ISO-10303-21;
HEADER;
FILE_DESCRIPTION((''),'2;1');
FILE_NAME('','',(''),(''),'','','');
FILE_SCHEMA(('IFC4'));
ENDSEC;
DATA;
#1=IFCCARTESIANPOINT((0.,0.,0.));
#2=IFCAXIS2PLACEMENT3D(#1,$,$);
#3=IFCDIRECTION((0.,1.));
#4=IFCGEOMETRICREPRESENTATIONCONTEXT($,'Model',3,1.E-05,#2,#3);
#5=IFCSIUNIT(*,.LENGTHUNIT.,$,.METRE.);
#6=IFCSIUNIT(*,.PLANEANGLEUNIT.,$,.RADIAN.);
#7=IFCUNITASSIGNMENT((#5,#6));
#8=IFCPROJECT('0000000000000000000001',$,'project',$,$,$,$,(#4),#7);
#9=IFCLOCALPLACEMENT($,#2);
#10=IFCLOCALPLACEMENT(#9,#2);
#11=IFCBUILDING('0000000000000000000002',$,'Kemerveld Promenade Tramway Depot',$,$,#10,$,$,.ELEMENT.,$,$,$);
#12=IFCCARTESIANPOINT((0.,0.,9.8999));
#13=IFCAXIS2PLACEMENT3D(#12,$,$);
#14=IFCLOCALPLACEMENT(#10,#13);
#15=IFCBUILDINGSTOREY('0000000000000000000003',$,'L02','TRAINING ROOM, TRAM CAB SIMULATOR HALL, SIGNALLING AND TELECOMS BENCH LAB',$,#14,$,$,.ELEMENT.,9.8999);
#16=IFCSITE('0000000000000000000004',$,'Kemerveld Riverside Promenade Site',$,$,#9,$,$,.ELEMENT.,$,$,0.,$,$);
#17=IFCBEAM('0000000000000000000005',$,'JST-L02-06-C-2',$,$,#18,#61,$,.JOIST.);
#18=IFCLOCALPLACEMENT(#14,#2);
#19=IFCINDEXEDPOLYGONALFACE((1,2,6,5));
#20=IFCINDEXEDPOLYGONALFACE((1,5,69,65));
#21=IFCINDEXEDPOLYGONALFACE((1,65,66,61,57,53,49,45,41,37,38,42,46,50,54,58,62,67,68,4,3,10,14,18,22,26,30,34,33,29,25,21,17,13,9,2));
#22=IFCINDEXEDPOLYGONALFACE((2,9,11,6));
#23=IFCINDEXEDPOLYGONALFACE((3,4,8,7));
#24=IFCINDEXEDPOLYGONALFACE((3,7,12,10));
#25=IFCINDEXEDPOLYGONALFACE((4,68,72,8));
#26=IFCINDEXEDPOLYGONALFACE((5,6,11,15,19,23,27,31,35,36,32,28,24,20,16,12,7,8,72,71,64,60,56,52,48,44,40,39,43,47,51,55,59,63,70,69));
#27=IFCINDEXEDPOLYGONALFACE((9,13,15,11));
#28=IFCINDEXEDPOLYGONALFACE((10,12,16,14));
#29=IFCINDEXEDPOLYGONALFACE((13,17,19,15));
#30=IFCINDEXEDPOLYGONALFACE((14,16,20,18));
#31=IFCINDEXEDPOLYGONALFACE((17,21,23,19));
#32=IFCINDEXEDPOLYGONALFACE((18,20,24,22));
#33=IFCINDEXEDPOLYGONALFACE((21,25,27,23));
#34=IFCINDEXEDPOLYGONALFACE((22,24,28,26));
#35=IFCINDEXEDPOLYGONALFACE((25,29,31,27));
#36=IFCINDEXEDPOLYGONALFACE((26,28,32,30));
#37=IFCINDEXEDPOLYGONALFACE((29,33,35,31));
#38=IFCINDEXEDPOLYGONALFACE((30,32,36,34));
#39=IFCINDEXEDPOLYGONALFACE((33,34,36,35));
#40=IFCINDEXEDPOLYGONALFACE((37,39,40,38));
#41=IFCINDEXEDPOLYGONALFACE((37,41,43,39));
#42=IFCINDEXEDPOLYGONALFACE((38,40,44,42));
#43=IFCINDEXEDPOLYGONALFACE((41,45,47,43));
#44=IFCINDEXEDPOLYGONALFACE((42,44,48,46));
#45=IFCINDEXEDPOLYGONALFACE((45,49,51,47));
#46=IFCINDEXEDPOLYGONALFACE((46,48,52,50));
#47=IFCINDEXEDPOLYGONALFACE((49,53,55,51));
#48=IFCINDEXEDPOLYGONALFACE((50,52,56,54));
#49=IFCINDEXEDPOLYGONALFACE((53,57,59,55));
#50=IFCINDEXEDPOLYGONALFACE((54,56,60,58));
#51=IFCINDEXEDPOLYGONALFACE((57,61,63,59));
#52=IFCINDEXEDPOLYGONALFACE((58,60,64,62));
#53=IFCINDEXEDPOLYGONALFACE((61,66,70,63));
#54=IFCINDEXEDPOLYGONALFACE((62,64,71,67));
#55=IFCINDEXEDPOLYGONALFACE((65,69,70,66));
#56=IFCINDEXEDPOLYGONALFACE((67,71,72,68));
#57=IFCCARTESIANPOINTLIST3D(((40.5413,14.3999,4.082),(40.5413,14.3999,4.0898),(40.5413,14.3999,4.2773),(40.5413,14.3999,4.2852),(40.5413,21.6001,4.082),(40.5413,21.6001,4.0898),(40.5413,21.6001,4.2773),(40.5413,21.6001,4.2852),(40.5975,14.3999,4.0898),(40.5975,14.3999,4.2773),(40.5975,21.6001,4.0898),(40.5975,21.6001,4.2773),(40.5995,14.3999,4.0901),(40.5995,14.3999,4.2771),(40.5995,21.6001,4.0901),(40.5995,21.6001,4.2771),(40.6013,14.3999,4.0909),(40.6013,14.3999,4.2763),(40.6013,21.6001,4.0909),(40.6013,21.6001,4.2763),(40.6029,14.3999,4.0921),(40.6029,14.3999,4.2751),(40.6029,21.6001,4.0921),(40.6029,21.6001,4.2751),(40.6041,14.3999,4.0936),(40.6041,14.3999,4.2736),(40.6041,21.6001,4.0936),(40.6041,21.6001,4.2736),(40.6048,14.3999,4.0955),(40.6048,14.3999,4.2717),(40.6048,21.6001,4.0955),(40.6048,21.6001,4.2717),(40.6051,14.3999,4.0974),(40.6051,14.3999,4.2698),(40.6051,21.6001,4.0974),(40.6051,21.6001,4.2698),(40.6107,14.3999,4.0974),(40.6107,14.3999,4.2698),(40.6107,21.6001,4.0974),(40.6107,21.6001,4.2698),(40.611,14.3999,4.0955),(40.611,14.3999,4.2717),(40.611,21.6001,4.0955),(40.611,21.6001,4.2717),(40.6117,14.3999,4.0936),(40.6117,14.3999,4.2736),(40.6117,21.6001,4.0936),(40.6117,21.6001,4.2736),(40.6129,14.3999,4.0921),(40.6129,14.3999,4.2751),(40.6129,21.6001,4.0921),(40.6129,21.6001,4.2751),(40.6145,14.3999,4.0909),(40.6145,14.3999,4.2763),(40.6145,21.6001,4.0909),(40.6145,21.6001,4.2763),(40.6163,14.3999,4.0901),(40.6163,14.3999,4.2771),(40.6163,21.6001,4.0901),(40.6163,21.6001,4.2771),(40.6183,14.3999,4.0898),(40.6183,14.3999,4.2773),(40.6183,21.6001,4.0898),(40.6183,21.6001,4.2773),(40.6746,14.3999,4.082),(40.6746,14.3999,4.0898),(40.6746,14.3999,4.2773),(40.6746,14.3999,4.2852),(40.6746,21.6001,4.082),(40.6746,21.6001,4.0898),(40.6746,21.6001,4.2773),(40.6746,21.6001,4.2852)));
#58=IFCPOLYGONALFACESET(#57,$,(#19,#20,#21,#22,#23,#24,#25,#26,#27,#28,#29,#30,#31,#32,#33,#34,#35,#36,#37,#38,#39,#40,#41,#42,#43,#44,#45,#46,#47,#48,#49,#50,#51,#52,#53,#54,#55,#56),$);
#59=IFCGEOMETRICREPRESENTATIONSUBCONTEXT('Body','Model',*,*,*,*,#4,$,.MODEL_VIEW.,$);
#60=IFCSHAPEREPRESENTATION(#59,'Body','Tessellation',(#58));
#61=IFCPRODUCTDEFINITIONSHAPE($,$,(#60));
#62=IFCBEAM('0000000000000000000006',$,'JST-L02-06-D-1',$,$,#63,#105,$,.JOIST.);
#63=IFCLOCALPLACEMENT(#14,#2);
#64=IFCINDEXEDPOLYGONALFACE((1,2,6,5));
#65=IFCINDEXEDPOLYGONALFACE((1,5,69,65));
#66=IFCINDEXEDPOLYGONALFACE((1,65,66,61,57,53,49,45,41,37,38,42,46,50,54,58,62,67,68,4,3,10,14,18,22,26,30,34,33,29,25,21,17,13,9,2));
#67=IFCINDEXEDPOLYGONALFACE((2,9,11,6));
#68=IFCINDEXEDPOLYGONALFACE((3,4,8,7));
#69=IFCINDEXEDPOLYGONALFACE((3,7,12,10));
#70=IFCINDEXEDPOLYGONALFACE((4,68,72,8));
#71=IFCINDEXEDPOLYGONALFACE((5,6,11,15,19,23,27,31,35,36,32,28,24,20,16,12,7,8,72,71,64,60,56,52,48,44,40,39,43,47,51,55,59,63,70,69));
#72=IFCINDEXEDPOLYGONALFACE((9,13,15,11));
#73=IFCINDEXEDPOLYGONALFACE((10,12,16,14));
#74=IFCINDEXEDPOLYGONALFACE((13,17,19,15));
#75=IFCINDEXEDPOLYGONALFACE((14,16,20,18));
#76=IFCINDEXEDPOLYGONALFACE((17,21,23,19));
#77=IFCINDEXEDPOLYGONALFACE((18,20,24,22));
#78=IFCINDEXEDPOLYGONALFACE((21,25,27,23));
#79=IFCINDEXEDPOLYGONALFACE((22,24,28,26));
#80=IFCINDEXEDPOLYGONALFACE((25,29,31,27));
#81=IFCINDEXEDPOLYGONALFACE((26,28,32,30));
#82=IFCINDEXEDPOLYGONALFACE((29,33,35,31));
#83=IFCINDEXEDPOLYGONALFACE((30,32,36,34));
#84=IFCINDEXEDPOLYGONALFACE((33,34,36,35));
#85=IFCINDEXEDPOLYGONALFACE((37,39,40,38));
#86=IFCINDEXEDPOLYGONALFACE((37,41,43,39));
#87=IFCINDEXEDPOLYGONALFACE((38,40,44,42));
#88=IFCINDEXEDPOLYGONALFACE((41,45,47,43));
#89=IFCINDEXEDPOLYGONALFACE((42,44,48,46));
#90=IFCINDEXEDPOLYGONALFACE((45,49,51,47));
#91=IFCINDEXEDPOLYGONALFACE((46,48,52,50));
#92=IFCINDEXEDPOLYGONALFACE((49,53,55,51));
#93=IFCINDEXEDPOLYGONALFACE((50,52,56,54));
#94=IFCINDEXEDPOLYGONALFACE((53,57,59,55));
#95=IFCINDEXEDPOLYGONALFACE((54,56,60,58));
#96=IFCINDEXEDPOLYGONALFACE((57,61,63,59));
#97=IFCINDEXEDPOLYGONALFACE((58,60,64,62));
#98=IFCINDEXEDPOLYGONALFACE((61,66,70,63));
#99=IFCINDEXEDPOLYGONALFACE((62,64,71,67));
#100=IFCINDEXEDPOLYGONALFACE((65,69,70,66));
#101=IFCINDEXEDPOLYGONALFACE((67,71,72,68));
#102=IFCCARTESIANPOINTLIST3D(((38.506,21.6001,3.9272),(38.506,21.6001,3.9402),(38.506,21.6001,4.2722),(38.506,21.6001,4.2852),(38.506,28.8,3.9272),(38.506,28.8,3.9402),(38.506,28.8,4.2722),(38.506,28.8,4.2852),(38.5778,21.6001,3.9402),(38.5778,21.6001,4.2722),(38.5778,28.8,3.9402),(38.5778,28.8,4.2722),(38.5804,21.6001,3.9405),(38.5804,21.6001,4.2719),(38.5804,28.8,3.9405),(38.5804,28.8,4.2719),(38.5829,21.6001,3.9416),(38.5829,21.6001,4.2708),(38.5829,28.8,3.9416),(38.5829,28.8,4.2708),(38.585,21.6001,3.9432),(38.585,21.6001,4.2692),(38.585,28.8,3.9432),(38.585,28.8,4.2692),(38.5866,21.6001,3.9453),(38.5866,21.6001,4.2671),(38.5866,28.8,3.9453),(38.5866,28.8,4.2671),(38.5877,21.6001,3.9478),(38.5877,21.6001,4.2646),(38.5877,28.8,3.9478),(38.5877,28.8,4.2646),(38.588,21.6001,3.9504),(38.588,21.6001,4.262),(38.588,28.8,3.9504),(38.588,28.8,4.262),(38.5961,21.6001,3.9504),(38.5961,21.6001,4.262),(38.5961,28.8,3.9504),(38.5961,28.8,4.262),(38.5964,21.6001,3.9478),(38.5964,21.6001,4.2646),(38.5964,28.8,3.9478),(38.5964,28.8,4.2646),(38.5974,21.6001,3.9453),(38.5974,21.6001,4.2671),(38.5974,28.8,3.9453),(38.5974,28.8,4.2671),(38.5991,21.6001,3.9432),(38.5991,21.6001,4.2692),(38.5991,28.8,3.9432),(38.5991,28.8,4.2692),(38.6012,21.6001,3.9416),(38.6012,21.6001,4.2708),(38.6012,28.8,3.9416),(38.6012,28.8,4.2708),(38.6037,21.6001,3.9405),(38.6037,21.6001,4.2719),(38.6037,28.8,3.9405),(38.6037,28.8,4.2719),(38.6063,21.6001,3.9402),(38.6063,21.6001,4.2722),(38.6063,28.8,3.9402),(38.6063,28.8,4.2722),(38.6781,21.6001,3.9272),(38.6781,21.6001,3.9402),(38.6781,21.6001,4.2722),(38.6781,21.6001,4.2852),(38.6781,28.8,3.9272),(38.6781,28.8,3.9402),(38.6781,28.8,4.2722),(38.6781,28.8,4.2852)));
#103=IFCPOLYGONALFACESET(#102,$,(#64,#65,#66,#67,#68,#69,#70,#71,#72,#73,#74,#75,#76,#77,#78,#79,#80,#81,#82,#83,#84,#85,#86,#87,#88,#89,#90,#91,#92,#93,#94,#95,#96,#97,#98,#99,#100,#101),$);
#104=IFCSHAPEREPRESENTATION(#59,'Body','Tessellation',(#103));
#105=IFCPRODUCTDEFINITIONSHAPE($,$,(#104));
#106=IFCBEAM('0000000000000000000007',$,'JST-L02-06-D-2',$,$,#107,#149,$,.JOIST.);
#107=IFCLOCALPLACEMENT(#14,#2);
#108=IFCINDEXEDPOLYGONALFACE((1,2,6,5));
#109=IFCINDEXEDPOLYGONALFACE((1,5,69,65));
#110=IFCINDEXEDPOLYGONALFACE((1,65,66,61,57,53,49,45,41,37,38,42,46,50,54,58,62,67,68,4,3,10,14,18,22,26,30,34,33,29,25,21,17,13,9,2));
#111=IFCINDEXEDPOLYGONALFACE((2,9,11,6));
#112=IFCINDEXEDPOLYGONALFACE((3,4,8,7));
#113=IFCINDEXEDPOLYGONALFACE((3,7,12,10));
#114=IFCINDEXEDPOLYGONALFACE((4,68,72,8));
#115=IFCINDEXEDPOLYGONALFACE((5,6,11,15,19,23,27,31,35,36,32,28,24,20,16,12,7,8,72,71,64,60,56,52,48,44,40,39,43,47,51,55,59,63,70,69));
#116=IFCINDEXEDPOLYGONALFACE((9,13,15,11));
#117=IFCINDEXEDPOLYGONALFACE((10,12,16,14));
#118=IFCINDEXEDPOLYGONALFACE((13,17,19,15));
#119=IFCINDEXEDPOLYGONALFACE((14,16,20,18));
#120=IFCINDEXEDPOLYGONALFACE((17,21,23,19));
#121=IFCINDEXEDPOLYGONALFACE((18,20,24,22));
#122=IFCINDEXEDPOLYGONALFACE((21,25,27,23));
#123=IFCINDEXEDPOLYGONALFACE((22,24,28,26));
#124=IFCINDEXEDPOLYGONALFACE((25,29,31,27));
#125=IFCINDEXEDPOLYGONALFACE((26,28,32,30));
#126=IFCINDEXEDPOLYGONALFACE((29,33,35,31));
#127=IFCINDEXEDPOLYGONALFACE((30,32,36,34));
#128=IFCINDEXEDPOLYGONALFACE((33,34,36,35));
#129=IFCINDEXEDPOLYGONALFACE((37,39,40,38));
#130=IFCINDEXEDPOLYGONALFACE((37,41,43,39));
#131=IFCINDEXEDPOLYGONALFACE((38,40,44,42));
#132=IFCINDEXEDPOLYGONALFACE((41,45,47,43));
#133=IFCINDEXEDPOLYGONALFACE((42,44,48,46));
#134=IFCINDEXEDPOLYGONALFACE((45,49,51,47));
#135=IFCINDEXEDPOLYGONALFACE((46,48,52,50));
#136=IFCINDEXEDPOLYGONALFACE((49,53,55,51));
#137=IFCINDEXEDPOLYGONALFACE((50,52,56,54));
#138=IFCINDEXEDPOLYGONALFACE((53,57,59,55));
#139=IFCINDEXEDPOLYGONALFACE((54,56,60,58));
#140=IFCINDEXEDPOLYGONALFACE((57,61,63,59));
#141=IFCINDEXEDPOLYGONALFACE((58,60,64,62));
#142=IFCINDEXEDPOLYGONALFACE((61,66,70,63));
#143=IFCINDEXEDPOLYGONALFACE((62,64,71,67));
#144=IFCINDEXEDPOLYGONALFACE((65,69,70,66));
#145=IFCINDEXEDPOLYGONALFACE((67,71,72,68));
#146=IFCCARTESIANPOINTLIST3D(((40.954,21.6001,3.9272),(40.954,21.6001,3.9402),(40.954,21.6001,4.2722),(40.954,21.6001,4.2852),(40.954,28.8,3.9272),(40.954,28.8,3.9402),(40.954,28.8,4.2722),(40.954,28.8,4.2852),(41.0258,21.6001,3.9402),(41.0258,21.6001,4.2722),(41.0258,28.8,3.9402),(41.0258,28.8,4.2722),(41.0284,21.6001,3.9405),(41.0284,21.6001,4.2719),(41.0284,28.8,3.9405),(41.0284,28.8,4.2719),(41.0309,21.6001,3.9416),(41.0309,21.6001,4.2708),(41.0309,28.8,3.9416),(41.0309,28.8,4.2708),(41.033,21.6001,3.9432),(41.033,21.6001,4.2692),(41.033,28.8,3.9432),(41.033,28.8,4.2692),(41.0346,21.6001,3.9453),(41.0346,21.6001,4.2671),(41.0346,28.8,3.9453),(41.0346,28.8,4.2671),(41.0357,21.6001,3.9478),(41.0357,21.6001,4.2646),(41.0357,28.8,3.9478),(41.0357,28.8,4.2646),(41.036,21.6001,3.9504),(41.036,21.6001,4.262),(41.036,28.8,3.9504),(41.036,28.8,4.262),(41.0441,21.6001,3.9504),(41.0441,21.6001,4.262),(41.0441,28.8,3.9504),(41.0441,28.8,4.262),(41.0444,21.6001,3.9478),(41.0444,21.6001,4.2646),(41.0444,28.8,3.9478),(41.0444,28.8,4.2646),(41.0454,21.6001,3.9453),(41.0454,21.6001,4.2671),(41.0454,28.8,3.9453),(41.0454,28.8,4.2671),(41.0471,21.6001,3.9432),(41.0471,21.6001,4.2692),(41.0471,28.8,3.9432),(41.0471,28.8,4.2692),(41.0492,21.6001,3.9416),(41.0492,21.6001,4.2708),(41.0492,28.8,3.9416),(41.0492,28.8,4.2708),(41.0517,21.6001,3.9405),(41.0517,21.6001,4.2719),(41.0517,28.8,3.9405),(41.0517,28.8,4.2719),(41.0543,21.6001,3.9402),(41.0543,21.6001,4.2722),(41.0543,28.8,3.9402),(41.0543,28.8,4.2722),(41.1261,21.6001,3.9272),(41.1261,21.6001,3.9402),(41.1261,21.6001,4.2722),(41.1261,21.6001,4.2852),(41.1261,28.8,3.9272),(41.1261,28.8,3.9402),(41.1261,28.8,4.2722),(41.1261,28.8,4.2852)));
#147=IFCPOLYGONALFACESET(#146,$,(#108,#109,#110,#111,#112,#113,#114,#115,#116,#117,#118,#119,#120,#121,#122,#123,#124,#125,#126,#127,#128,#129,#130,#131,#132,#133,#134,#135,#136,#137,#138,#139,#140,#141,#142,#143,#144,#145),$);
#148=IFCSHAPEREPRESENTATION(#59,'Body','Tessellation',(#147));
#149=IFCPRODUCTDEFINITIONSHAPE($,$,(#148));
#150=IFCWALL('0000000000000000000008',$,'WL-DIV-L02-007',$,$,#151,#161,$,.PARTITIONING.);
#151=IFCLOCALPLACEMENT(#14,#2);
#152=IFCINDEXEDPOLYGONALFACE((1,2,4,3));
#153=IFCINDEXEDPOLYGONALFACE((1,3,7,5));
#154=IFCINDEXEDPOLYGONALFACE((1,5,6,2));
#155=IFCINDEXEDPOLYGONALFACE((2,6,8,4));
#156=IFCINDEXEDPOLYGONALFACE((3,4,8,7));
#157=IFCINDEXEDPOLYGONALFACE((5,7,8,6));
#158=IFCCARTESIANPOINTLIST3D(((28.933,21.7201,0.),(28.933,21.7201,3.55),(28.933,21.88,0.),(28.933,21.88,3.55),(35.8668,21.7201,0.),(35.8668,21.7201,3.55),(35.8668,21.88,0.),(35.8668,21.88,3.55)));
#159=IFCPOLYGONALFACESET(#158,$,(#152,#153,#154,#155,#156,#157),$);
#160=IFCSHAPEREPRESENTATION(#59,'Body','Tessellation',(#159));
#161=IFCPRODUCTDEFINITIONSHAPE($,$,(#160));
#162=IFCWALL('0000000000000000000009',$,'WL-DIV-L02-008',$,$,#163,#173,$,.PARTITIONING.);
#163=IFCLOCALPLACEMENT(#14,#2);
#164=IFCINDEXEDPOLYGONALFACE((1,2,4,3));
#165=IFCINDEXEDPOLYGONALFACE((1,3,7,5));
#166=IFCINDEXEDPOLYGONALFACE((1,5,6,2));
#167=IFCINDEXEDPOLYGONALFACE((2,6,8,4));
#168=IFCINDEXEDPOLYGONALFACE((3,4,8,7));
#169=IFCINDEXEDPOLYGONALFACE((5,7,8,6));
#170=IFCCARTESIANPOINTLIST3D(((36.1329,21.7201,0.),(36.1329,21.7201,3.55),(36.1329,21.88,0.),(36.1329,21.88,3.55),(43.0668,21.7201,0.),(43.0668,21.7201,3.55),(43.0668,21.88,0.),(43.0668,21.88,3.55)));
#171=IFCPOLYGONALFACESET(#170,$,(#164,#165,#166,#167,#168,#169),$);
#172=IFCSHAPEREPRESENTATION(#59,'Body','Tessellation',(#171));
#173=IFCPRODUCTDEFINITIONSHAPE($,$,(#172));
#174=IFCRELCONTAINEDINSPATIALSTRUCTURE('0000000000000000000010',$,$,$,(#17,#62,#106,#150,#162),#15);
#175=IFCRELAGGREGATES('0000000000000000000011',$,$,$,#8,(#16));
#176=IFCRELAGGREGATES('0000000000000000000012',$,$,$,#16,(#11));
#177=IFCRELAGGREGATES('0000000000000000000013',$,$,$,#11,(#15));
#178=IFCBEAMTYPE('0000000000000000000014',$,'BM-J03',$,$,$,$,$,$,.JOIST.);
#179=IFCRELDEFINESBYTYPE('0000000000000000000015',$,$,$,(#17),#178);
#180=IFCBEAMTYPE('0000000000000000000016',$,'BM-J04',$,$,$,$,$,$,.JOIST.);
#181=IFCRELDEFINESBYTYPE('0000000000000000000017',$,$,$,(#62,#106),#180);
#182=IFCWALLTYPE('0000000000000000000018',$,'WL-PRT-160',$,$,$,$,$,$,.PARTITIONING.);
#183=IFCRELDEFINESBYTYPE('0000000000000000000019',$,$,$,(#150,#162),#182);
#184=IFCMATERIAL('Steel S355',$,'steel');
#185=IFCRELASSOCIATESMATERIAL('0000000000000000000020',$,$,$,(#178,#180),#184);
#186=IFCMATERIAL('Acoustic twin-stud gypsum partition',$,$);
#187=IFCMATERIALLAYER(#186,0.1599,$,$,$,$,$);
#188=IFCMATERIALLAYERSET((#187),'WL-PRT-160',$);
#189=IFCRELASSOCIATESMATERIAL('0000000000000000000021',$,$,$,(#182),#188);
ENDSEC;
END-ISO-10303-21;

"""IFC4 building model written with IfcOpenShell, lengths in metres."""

from ifc_helpers import new_model, si_unit, direction, frame, frame_2d, origin, origin_2d, place, context, subcontext, project, spatial, rectangle, i_section, extrude, material, layer, layer_set, material_profile, profile_set, type_object, element, save


model = new_model("IFC4")

# Units and contexts
model_context = context("Model", 3, precision=1e-05, world=origin(), true_north=direction((0.0, 1.0)))
body_context = subcontext(model_context, "Body", "Model", "MODEL_VIEW")
ifc_project = project(units=[si_unit("LENGTHUNIT", "METRE"), si_unit("PLANEANGLEUNIT", "RADIAN")], contexts=[model_context])

# Site, building, storey
site_placement = place(None, origin())
site = spatial("IfcSite", under=ifc_project, at=site_placement, Name="Kemerveld Riverside Promenade Site", CompositionType="ELEMENT", RefElevation=0.0)
building_placement = place(site_placement, origin())
building = spatial("IfcBuilding", under=site, at=building_placement, Name="Kemerveld Promenade Tramway Depot", CompositionType="ELEMENT")
storey_placement = place(building_placement, frame((0.0, 0.0, 9.8999)))
storey = spatial("IfcBuildingStorey", under=building, at=storey_placement, Name="L02", Description="TRAINING ROOM, TRAM CAB SIMULATOR HALL, SIGNALLING AND TELECOMS BENCH LAB", CompositionType="ELEMENT", Elevation=9.8999)

# Shared definitions
ifc_material_1 = material(Name="Steel S355", Category="steel")

# Beams
ifc_material_profile_1 = material_profile(ifc_material_1, i_section(OverallWidth=0.1333, OverallDepth=0.2031, WebThickness=0.0056, FlangeThickness=0.0078, FilletRadius=0.0076, at=origin_2d()), Name="203x133x25 UB")
ifc_profile_set_1 = profile_set([ifc_material_profile_1], Name="Steel S355")
beam_type_1 = type_object("IfcBeamType", Name="BM-J03", PredefinedType="JOIST", material=ifc_profile_set_1)
for number, where, z_axis, x_axis, name in (
    (1, (40.6079, 14.3999, 4.1836), (0.0, 1.0, 0.0), (-1.0, 0.0, 0.0), "JST-L02-06-C-2"),
):
    element("IfcBeam", number, at=place(storey_placement, frame(where, z_axis=z_axis, x_axis=x_axis)), inside=storey, type_object=beam_type_1, Name=name, PredefinedType="JOIST", context=body_context, shape_type="SweptSolid", body=[
        extrude(i_section(OverallWidth=0.1333, OverallDepth=0.2031, WebThickness=0.0056, FlangeThickness=0.0078, FilletRadius=0.0076, at=origin_2d()), origin(), (0.0, 0.0, 1.0), 7.2002),
    ])
ifc_material_profile_2 = material_profile(ifc_material_1, i_section(OverallWidth=0.1721, OverallDepth=0.3579, WebThickness=0.0081, FlangeThickness=0.0129, FilletRadius=0.0103, at=origin_2d()), Name="356x171x57 UB")
ifc_profile_set_2 = profile_set([ifc_material_profile_2], Name="Steel S355")
beam_type_2 = type_object("IfcBeamType", Name="BM-J04", PredefinedType="JOIST", material=ifc_profile_set_2)
for number, where, z_axis, x_axis, name in (
    (2, (38.592, 21.6001, 4.1062), (0.0, 1.0, 0.0), (-1.0, 0.0, 0.0), "JST-L02-06-D-1"),
    (3, (41.04, 21.6001, 4.1062), (0.0, 1.0, 0.0), (-1.0, 0.0, 0.0), "JST-L02-06-D-2"),
):
    element("IfcBeam", number, at=place(storey_placement, frame(where, z_axis=z_axis, x_axis=x_axis)), inside=storey, type_object=beam_type_2, Name=name, PredefinedType="JOIST", context=body_context, shape_type="SweptSolid", body=[
        extrude(i_section(OverallWidth=0.1721, OverallDepth=0.3579, WebThickness=0.0081, FlangeThickness=0.0129, FilletRadius=0.0103, at=origin_2d()), origin(), (0.0, 0.0, 1.0), 7.2),
    ])

# Walls
ifc_material_2 = material(Name="Acoustic twin-stud gypsum partition")
ifc_layer = layer(ifc_material_2, 0.1599)
ifc_layer_set = layer_set([ifc_layer], Name="WL-PRT-160")
wall_type = type_object("IfcWallType", Name="WL-PRT-160", PredefinedType="PARTITIONING", material=ifc_layer_set)
for number, where, z_axis, x_axis, name in (
    (4, (28.9331, 21.8, 0.0), (0.0, 0.0, 1.0), (1.0, 0.0, 0.0), "WL-DIV-L02-007"),
    (5, (36.1331, 21.8, 0.0), (0.0, 0.0, 1.0), (1.0, 0.0, 0.0), "WL-DIV-L02-008"),
):
    element("IfcWall", number, at=place(storey_placement, frame(where, z_axis=z_axis, x_axis=x_axis)), inside=storey, type_object=wall_type, Name=name, PredefinedType="PARTITIONING", context=body_context, shape_type="SweptSolid", body=[
        extrude(rectangle(XDim=6.9338, YDim=0.1599, at=frame_2d((3.4668, 0.0))), origin(), (0.0, 0.0, 1.0), 3.55),
    ])

save(model, "model.ifc")
